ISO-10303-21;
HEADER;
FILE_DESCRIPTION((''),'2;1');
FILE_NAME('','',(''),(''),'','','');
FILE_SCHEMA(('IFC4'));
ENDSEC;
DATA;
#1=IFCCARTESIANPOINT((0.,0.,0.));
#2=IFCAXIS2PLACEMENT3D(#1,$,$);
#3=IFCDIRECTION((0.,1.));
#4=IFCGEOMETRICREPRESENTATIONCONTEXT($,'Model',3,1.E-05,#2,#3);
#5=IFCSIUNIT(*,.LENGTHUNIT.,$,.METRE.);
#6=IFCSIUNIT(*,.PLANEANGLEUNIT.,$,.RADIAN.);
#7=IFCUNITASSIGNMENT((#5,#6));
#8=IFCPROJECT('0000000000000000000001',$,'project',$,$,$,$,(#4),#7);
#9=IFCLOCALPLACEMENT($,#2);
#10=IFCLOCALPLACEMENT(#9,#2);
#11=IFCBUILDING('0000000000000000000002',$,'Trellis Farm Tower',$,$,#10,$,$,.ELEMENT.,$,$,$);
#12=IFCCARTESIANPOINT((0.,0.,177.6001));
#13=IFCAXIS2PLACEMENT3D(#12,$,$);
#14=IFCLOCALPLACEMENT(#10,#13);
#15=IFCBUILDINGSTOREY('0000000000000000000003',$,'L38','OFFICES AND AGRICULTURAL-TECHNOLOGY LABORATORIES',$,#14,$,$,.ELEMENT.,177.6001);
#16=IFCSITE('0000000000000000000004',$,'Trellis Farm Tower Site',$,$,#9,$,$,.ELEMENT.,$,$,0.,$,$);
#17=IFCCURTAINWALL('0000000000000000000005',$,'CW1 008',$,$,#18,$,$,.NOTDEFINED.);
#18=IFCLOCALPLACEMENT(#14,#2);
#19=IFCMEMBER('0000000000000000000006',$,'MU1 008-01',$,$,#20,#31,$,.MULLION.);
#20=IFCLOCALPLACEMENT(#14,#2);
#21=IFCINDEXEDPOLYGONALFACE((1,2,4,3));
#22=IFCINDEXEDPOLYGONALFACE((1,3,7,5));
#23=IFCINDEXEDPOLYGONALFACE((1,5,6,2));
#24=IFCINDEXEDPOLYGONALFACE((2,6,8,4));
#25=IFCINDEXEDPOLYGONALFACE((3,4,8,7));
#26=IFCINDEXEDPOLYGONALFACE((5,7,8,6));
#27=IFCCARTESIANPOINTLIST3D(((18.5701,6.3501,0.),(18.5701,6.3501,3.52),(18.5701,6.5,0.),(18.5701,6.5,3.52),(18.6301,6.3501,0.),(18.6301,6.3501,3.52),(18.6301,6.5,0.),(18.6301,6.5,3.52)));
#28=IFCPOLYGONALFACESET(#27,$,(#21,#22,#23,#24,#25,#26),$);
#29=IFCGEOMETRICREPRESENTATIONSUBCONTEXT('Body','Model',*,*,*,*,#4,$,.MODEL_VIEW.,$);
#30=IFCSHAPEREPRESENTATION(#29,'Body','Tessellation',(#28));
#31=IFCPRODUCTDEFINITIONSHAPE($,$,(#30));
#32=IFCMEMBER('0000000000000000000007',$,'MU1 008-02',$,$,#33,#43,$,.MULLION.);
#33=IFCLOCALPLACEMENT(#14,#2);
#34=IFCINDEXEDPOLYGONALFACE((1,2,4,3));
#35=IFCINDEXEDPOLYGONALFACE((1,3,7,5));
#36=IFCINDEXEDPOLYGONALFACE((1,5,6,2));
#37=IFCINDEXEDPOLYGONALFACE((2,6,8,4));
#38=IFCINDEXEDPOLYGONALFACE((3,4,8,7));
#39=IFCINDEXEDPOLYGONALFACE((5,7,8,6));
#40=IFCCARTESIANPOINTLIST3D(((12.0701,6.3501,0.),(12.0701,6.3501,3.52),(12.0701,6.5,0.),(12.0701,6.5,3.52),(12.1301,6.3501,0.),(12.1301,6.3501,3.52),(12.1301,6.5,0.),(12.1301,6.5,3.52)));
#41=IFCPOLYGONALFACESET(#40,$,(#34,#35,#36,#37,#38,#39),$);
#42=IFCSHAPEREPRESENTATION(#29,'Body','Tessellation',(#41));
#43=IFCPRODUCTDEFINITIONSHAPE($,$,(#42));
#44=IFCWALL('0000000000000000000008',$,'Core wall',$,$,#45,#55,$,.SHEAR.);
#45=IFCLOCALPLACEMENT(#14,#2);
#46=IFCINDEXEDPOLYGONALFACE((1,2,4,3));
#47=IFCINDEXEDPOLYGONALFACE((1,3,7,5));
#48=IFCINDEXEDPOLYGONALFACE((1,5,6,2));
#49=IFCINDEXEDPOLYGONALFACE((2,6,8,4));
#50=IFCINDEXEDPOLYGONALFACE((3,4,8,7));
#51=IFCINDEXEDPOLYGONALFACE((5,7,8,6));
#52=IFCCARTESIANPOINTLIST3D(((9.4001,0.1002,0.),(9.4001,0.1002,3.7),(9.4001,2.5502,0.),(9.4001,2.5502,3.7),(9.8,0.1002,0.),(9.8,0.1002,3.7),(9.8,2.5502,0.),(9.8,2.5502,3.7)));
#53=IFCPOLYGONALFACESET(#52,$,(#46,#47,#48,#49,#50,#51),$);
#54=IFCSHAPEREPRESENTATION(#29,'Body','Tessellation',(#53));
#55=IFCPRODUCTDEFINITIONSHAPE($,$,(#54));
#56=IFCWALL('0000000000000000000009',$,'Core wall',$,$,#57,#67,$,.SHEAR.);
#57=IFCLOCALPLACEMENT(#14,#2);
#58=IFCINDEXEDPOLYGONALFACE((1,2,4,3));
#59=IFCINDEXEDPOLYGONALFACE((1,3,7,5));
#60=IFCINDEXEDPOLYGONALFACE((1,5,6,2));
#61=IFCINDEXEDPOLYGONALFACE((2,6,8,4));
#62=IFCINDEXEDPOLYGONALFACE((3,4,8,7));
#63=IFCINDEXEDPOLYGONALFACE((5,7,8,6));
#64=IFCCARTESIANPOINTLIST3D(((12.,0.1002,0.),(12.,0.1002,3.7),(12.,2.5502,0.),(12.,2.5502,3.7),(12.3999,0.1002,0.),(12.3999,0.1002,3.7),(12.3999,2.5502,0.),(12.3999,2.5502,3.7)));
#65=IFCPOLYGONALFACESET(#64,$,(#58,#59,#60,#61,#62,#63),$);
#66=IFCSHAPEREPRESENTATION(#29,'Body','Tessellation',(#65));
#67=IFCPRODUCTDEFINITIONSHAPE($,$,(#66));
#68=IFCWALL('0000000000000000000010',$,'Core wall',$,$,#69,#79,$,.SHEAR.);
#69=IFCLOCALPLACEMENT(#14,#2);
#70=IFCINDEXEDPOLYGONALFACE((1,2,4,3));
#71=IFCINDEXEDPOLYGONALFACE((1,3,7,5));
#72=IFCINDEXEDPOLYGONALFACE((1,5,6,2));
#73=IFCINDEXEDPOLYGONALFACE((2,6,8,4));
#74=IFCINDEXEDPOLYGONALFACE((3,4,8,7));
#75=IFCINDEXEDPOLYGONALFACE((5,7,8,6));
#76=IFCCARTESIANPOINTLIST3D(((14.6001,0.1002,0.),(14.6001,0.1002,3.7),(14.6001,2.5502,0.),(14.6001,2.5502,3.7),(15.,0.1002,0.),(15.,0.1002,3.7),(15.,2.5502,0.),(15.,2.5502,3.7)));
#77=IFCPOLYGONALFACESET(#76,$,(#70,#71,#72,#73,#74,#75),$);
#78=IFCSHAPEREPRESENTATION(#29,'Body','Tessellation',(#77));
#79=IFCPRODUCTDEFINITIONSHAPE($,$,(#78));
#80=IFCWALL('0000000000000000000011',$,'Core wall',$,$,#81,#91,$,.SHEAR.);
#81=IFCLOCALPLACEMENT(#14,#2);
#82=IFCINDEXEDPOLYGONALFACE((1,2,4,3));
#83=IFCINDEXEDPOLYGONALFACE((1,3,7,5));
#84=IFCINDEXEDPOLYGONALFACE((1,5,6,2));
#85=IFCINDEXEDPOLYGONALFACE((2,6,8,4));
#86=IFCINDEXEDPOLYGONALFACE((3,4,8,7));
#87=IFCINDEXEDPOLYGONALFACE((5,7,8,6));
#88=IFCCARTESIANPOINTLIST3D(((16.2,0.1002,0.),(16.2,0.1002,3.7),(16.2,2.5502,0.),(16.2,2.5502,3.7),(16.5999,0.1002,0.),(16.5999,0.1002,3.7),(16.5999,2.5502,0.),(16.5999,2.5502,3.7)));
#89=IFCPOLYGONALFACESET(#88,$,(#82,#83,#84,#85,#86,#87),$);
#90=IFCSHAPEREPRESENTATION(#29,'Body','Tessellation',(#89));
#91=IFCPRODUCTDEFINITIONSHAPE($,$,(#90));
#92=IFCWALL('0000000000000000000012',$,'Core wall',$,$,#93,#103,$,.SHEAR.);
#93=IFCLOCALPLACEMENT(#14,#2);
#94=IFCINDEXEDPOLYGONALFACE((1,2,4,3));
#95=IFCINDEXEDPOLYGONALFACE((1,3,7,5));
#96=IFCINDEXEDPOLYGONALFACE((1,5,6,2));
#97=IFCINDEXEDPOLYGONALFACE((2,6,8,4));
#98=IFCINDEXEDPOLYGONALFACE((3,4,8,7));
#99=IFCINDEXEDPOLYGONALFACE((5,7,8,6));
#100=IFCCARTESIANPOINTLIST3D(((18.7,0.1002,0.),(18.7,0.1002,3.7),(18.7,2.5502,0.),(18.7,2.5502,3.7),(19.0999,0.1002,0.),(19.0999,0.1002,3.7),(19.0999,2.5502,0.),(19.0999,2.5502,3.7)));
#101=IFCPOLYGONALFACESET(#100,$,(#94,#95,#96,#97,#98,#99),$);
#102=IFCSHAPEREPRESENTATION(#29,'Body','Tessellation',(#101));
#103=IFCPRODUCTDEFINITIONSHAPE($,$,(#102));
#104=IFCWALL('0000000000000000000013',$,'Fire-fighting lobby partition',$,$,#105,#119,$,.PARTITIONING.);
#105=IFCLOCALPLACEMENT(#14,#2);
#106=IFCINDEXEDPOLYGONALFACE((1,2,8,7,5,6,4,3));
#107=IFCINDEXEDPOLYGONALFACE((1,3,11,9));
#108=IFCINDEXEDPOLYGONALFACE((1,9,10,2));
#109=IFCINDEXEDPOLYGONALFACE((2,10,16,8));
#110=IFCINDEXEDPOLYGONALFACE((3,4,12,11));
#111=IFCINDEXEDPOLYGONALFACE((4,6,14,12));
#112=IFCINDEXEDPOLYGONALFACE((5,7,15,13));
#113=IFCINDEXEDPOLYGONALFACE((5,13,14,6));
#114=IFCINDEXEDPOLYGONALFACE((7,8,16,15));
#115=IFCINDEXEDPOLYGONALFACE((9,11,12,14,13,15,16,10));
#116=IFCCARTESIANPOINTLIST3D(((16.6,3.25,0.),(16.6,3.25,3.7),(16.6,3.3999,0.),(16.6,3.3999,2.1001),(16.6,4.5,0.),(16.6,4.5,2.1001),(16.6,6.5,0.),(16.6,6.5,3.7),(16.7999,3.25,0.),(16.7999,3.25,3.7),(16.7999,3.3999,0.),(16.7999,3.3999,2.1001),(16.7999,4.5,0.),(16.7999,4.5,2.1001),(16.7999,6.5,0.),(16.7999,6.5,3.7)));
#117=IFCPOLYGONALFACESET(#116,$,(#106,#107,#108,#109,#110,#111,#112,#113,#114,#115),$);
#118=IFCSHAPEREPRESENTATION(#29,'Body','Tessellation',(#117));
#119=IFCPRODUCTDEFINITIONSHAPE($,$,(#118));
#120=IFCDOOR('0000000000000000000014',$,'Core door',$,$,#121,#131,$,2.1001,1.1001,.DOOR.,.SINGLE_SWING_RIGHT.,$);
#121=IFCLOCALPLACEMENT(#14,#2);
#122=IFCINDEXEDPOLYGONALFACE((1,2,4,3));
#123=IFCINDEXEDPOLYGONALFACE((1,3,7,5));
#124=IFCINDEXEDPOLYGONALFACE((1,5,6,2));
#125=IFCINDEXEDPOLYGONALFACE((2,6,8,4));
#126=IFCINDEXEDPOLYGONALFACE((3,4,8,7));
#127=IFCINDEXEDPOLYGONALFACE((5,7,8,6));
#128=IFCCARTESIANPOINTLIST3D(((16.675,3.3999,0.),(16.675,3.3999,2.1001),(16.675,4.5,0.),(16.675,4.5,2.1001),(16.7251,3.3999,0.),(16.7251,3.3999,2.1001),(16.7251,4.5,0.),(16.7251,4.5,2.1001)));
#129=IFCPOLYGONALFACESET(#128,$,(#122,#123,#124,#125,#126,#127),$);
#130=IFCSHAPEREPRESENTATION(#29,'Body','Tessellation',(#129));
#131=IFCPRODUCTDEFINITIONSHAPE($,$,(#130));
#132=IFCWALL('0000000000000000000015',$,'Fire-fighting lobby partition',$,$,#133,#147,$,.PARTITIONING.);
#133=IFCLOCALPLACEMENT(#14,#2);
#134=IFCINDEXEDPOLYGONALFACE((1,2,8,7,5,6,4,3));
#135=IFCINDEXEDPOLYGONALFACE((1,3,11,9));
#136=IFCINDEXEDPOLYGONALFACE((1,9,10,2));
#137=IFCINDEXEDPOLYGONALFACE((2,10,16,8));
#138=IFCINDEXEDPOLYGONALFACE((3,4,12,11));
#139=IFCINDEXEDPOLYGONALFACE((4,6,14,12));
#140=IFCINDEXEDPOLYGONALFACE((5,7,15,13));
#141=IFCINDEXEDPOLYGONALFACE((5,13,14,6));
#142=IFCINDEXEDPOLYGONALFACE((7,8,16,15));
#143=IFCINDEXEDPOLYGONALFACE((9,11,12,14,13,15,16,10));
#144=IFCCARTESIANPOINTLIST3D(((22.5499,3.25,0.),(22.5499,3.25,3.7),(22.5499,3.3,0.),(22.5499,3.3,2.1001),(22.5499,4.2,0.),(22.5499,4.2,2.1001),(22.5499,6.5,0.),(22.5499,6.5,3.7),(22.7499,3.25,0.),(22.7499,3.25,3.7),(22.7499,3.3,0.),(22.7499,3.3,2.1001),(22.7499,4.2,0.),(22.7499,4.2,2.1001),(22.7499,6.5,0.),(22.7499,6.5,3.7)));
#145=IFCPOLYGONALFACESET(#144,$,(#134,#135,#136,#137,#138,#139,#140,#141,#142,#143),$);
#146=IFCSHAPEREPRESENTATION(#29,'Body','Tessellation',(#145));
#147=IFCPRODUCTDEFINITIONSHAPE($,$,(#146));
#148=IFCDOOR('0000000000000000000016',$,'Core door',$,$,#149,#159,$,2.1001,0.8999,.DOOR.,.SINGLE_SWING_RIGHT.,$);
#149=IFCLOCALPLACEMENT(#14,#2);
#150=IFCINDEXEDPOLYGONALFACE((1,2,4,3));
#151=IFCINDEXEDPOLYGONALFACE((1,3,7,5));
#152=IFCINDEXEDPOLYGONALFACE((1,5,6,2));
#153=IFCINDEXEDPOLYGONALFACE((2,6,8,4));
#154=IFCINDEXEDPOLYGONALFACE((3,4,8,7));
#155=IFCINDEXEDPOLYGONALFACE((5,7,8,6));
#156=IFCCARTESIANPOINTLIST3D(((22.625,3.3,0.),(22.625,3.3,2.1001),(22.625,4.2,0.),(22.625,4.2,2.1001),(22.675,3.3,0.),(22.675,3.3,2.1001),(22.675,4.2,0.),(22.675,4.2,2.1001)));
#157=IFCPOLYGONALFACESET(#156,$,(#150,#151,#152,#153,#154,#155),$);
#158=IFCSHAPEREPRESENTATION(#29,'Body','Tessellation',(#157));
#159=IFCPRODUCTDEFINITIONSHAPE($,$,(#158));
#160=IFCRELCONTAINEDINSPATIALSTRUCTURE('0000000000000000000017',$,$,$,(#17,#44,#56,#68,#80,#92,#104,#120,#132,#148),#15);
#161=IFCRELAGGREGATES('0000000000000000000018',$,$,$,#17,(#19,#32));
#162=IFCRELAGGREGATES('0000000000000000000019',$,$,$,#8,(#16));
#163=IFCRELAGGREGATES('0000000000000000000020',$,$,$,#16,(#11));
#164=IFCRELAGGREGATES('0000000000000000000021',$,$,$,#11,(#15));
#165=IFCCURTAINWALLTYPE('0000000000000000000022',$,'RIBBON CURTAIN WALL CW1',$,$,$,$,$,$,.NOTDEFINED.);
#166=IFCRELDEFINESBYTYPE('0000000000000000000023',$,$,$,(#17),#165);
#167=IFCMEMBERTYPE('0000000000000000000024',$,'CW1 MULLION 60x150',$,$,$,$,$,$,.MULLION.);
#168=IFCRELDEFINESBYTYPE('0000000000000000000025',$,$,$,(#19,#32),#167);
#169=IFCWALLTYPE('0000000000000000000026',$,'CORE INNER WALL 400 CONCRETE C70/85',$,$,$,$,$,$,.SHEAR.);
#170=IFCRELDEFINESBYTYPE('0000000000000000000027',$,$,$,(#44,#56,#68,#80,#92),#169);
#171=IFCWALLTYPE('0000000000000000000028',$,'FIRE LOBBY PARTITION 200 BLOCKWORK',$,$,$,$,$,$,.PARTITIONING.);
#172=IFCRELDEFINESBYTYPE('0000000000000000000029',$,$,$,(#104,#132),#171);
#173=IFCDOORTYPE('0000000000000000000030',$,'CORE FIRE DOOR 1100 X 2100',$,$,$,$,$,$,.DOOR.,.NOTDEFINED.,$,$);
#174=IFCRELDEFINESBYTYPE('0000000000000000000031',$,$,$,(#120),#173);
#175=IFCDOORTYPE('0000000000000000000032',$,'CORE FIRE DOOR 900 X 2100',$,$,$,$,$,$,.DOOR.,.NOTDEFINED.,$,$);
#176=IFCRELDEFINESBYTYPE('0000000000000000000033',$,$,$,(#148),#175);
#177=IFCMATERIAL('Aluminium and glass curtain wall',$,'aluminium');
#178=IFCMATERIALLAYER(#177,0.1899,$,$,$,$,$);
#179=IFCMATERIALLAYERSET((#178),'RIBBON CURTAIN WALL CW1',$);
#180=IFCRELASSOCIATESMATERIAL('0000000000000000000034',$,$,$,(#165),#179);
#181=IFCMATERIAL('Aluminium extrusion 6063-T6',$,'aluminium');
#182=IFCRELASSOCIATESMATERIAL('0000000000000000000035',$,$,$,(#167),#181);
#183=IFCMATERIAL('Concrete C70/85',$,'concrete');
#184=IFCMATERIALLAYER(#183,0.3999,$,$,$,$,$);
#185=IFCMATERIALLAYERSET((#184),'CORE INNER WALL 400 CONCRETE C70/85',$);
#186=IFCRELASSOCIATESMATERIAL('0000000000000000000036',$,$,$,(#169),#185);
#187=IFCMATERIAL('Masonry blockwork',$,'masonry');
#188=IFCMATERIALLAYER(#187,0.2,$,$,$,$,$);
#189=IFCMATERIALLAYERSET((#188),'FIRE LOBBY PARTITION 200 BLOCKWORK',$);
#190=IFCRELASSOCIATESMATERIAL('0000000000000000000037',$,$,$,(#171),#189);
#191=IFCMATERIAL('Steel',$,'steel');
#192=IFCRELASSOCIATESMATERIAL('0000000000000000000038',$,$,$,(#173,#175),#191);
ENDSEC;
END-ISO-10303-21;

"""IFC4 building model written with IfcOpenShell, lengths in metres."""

from ifc_helpers import new_model, si_unit, direction, frame, frame_2d, origin, origin_2d, place, context, subcontext, project, spatial, rectangle, extrude, source, transform, mapped, material, layer, layer_set, material_profile, profile_set, type_object, element, fill, aggregate, save


model = new_model("IFC4")

# Units and contexts
model_context = context("Model", 3, precision=1e-05, world=origin(), true_north=direction((0.0, 1.0)))
body_context = subcontext(model_context, "Body", "Model", "MODEL_VIEW")
ifc_project = project(units=[si_unit("LENGTHUNIT", "METRE"), si_unit("PLANEANGLEUNIT", "RADIAN")], contexts=[model_context])

# Site, building, storey
site_placement = place(None, origin())
site = spatial("IfcSite", under=ifc_project, at=site_placement, Name="Trellis Farm Tower Site", CompositionType="ELEMENT", RefElevation=0.0)
building_placement = place(site_placement, origin())
building = spatial("IfcBuilding", under=site, at=building_placement, Name="Trellis Farm Tower", CompositionType="ELEMENT")
storey_placement = place(building_placement, frame((0.0, 0.0, 177.6001)))
storey = spatial("IfcBuildingStorey", under=building, at=storey_placement, Name="L38", Description="OFFICES AND AGRICULTURAL-TECHNOLOGY LABORATORIES", CompositionType="ELEMENT", Elevation=177.6001)

# Shared definitions
ifc_material_1 = material(Name="Concrete C70/85", Category="concrete")

# Curtain wall, members
ifc_material_2 = material(Name="Aluminium and glass curtain wall", Category="aluminium")
ifc_layer_1 = layer(ifc_material_2, 0.1899)
ifc_layer_set_1 = layer_set([ifc_layer_1], Name="RIBBON CURTAIN WALL CW1")
curtain_wall_type = type_object("IfcCurtainWallType", Name="RIBBON CURTAIN WALL CW1", PredefinedType="NOTDEFINED", material=ifc_layer_set_1)
placement = place(storey_placement, origin())
ifc_material_3 = material(Name="Aluminium extrusion 6063-T6", Category="aluminium")
ifc_material_profile_1 = material_profile(ifc_material_3, rectangle(XDim=0.0601, YDim=0.1499, at=origin_2d()), Name="MULLION 60x150")
ifc_profile_set_1 = profile_set([ifc_material_profile_1], Name="Aluminium extrusion 6063-T6")
member_type = type_object("IfcMemberType", Name="CW1 MULLION 60x150", PredefinedType="MULLION", material=ifc_profile_set_1)
shared_shape_1 = source(origin(), body_context, "Body", "SweptSolid", [
    extrude(rectangle(XDim=0.0601, YDim=0.1499, at=origin_2d()), origin(), (0.0, 0.0, 1.0), 3.52),
])
curtain_wall_1 = element("IfcCurtainWall", 1, at=placement, inside=storey, type_object=curtain_wall_type, Name="CW1 008", PredefinedType="NOTDEFINED")
member_1_placement = place(storey_placement, frame((18.6001, 6.425, 0.0), z_axis=(0.0, 0.0, 1.0), x_axis=(-1.0, 0.0, 0.0)))
member_1 = element("IfcMember", 2, at=member_1_placement, type_object=member_type, Name="MU1 008-01", PredefinedType="MULLION", context=body_context, shape_type="MappedRepresentation", body=[
    mapped(shared_shape_1, transform((0.0, 0.0, 0.0))),
])
member_2_placement = place(storey_placement, frame((12.1001, 6.425, 0.0), z_axis=(0.0, 0.0, 1.0), x_axis=(-1.0, 0.0, 0.0)))
member_2 = element("IfcMember", 3, at=member_2_placement, type_object=member_type, Name="MU1 008-02", PredefinedType="MULLION", context=body_context, shape_type="MappedRepresentation", body=[
    mapped(shared_shape_1, transform((0.0, 0.0, 0.0))),
])
aggregate(curtain_wall_1, [member_1, member_2])

# Walls
ifc_layer_2 = layer(ifc_material_1, 0.3999)
ifc_layer_set_2 = layer_set([ifc_layer_2], Name="CORE INNER WALL 400 CONCRETE C70/85")
wall_type_1 = type_object("IfcWallType", Name="CORE INNER WALL 400 CONCRETE C70/85", PredefinedType="SHEAR", material=ifc_layer_set_2)
shared_shape_2 = source(origin(), body_context, "Body", "SweptSolid", [
    extrude(rectangle(XDim=2.45, YDim=0.3999, at=frame_2d((1.2251, 0.0))), origin(), (0.0, 0.0, 1.0), 3.7),
])
for number, where, z_axis, x_axis, name in (
    (4, (9.6001, 0.1001, 0.0), (0.0, 0.0, 1.0), (0.0, 1.0, 0.0), "Core wall"),
    (5, (12.2, 0.1001, 0.0), (0.0, 0.0, 1.0), (0.0, 1.0, 0.0), "Core wall"),
    (6, (14.8, 0.1001, 0.0), (0.0, 0.0, 1.0), (0.0, 1.0, 0.0), "Core wall"),
    (7, (16.3999, 0.1001, 0.0), (0.0, 0.0, 1.0), (0.0, 1.0, 0.0), "Core wall"),
    (8, (18.8999, 0.1001, 0.0), (0.0, 0.0, 1.0), (0.0, 1.0, 0.0), "Core wall"),
):
    element("IfcWall", number, at=place(storey_placement, frame(where, z_axis=z_axis, x_axis=x_axis)), inside=storey, type_object=wall_type_1, Name=name, PredefinedType="SHEAR", context=body_context, shape_type="MappedRepresentation", body=[
        mapped(shared_shape_2, transform((0.0, 0.0, 0.0))),
    ])

# Walls, openings, doors
ifc_material_4 = material(Name="Masonry blockwork", Category="masonry")
ifc_layer_3 = layer(ifc_material_4, 0.2)
ifc_layer_set_3 = layer_set([ifc_layer_3], Name="FIRE LOBBY PARTITION 200 BLOCKWORK")
wall_type_2 = type_object("IfcWallType", Name="FIRE LOBBY PARTITION 200 BLOCKWORK", PredefinedType="PARTITIONING", material=ifc_layer_set_3)
shared_shape_3 = source(origin(), body_context, "Body", "SweptSolid", [
    extrude(rectangle(XDim=3.25, YDim=0.2, at=frame_2d((1.625, 0.0))), origin(), (0.0, 0.0, 1.0), 3.7),
])
wall_1_placement = place(storey_placement, frame((16.7, 3.25, 0.0), z_axis=(0.0, 0.0, 1.0), x_axis=(0.0, 1.0, 0.0)))
wall_1 = element("IfcWall", 9, at=wall_1_placement, inside=storey, type_object=wall_type_2, Name="Fire-fighting lobby partition", PredefinedType="PARTITIONING", context=body_context, shape_type="MappedRepresentation", body=[
    mapped(shared_shape_3, transform((0.0, 0.0, 0.0))),
])
shared_shape_4 = source(origin(), body_context, "Body", "SweptSolid", [
    extrude(rectangle(XDim=1.1001, YDim=2.1001, at=frame_2d((0.55, 1.05))), frame((0.0, 0.1101, 0.0), z_axis=(0.0, -1.0, 0.0), x_axis=(1.0, 0.0, 0.0)), (0.0, 0.0, 1.0), 0.2202),
])
opening_1_placement = place(wall_1_placement, frame((0.1499, 0.0, 0.0)))
opening_1 = element("IfcOpeningElement", 10, at=opening_1_placement, cuts=wall_1, PredefinedType="OPENING", context=body_context, shape_type="MappedRepresentation", body=[
    mapped(shared_shape_4, transform((0.0, 0.0, 0.0))),
])
ifc_material_5 = material(Name="Steel", Category="steel")
door_type_1 = type_object("IfcDoorType", Name="CORE FIRE DOOR 1100 X 2100", OperationType="NOTDEFINED", PredefinedType="DOOR", material=ifc_material_5)
shared_shape_5 = source(origin(), body_context, "Body", "SweptSolid", [
    extrude(rectangle(XDim=1.1001, YDim=2.1001, at=frame_2d((0.55, 1.05))), frame((0.0, 0.0249, 0.0), z_axis=(0.0, -1.0, 0.0), x_axis=(1.0, 0.0, 0.0)), (0.0, 0.0, 1.0), 0.05),
])
door_1_placement = place(opening_1_placement, origin())
door_1 = element("IfcDoor", 11, at=door_1_placement, inside=storey, type_object=door_type_1, Name="Core door", OperationType="SINGLE_SWING_RIGHT", OverallHeight=2.1001, OverallWidth=1.1001, PredefinedType="DOOR", context=body_context, shape_type="MappedRepresentation", body=[
    mapped(shared_shape_5, transform((0.0, 0.0, 0.0))),
])
fill(opening_1, door_1)
wall_2_placement = place(storey_placement, frame((22.6499, 3.25, 0.0), z_axis=(0.0, 0.0, 1.0), x_axis=(0.0, 1.0, 0.0)))
wall_2 = element("IfcWall", 12, at=wall_2_placement, inside=storey, type_object=wall_type_2, Name="Fire-fighting lobby partition", PredefinedType="PARTITIONING", context=body_context, shape_type="MappedRepresentation", body=[
    mapped(shared_shape_3, transform((0.0, 0.0, 0.0))),
])
shared_shape_6 = source(origin(), body_context, "Body", "SweptSolid", [
    extrude(rectangle(XDim=0.8999, YDim=2.1001, at=frame_2d((0.45, 1.05))), frame((0.0, 0.1101, 0.0), z_axis=(0.0, -1.0, 0.0), x_axis=(1.0, 0.0, 0.0)), (0.0, 0.0, 1.0), 0.2202),
])
opening_2_placement = place(wall_2_placement, frame((0.05, 0.0, 0.0)))
opening_2 = element("IfcOpeningElement", 13, at=opening_2_placement, cuts=wall_2, PredefinedType="OPENING", context=body_context, shape_type="MappedRepresentation", body=[
    mapped(shared_shape_6, transform((0.0, 0.0, 0.0))),
])
door_type_2 = type_object("IfcDoorType", Name="CORE FIRE DOOR 900 X 2100", OperationType="NOTDEFINED", PredefinedType="DOOR", material=ifc_material_5)
shared_shape_7 = source(origin(), body_context, "Body", "SweptSolid", [
    extrude(rectangle(XDim=0.8999, YDim=2.1001, at=frame_2d((0.45, 1.05))), frame((0.0, 0.0249, 0.0), z_axis=(0.0, -1.0, 0.0), x_axis=(1.0, 0.0, 0.0)), (0.0, 0.0, 1.0), 0.05),
])
door_2_placement = place(opening_2_placement, origin())
door_2 = element("IfcDoor", 14, at=door_2_placement, inside=storey, type_object=door_type_2, Name="Core door", OperationType="SINGLE_SWING_RIGHT", OverallHeight=2.1001, OverallWidth=0.8999, PredefinedType="DOOR", context=body_context, shape_type="MappedRepresentation", body=[
    mapped(shared_shape_7, transform((0.0, 0.0, 0.0))),
])
fill(opening_2, door_2)

save(model, "model.ifc")
